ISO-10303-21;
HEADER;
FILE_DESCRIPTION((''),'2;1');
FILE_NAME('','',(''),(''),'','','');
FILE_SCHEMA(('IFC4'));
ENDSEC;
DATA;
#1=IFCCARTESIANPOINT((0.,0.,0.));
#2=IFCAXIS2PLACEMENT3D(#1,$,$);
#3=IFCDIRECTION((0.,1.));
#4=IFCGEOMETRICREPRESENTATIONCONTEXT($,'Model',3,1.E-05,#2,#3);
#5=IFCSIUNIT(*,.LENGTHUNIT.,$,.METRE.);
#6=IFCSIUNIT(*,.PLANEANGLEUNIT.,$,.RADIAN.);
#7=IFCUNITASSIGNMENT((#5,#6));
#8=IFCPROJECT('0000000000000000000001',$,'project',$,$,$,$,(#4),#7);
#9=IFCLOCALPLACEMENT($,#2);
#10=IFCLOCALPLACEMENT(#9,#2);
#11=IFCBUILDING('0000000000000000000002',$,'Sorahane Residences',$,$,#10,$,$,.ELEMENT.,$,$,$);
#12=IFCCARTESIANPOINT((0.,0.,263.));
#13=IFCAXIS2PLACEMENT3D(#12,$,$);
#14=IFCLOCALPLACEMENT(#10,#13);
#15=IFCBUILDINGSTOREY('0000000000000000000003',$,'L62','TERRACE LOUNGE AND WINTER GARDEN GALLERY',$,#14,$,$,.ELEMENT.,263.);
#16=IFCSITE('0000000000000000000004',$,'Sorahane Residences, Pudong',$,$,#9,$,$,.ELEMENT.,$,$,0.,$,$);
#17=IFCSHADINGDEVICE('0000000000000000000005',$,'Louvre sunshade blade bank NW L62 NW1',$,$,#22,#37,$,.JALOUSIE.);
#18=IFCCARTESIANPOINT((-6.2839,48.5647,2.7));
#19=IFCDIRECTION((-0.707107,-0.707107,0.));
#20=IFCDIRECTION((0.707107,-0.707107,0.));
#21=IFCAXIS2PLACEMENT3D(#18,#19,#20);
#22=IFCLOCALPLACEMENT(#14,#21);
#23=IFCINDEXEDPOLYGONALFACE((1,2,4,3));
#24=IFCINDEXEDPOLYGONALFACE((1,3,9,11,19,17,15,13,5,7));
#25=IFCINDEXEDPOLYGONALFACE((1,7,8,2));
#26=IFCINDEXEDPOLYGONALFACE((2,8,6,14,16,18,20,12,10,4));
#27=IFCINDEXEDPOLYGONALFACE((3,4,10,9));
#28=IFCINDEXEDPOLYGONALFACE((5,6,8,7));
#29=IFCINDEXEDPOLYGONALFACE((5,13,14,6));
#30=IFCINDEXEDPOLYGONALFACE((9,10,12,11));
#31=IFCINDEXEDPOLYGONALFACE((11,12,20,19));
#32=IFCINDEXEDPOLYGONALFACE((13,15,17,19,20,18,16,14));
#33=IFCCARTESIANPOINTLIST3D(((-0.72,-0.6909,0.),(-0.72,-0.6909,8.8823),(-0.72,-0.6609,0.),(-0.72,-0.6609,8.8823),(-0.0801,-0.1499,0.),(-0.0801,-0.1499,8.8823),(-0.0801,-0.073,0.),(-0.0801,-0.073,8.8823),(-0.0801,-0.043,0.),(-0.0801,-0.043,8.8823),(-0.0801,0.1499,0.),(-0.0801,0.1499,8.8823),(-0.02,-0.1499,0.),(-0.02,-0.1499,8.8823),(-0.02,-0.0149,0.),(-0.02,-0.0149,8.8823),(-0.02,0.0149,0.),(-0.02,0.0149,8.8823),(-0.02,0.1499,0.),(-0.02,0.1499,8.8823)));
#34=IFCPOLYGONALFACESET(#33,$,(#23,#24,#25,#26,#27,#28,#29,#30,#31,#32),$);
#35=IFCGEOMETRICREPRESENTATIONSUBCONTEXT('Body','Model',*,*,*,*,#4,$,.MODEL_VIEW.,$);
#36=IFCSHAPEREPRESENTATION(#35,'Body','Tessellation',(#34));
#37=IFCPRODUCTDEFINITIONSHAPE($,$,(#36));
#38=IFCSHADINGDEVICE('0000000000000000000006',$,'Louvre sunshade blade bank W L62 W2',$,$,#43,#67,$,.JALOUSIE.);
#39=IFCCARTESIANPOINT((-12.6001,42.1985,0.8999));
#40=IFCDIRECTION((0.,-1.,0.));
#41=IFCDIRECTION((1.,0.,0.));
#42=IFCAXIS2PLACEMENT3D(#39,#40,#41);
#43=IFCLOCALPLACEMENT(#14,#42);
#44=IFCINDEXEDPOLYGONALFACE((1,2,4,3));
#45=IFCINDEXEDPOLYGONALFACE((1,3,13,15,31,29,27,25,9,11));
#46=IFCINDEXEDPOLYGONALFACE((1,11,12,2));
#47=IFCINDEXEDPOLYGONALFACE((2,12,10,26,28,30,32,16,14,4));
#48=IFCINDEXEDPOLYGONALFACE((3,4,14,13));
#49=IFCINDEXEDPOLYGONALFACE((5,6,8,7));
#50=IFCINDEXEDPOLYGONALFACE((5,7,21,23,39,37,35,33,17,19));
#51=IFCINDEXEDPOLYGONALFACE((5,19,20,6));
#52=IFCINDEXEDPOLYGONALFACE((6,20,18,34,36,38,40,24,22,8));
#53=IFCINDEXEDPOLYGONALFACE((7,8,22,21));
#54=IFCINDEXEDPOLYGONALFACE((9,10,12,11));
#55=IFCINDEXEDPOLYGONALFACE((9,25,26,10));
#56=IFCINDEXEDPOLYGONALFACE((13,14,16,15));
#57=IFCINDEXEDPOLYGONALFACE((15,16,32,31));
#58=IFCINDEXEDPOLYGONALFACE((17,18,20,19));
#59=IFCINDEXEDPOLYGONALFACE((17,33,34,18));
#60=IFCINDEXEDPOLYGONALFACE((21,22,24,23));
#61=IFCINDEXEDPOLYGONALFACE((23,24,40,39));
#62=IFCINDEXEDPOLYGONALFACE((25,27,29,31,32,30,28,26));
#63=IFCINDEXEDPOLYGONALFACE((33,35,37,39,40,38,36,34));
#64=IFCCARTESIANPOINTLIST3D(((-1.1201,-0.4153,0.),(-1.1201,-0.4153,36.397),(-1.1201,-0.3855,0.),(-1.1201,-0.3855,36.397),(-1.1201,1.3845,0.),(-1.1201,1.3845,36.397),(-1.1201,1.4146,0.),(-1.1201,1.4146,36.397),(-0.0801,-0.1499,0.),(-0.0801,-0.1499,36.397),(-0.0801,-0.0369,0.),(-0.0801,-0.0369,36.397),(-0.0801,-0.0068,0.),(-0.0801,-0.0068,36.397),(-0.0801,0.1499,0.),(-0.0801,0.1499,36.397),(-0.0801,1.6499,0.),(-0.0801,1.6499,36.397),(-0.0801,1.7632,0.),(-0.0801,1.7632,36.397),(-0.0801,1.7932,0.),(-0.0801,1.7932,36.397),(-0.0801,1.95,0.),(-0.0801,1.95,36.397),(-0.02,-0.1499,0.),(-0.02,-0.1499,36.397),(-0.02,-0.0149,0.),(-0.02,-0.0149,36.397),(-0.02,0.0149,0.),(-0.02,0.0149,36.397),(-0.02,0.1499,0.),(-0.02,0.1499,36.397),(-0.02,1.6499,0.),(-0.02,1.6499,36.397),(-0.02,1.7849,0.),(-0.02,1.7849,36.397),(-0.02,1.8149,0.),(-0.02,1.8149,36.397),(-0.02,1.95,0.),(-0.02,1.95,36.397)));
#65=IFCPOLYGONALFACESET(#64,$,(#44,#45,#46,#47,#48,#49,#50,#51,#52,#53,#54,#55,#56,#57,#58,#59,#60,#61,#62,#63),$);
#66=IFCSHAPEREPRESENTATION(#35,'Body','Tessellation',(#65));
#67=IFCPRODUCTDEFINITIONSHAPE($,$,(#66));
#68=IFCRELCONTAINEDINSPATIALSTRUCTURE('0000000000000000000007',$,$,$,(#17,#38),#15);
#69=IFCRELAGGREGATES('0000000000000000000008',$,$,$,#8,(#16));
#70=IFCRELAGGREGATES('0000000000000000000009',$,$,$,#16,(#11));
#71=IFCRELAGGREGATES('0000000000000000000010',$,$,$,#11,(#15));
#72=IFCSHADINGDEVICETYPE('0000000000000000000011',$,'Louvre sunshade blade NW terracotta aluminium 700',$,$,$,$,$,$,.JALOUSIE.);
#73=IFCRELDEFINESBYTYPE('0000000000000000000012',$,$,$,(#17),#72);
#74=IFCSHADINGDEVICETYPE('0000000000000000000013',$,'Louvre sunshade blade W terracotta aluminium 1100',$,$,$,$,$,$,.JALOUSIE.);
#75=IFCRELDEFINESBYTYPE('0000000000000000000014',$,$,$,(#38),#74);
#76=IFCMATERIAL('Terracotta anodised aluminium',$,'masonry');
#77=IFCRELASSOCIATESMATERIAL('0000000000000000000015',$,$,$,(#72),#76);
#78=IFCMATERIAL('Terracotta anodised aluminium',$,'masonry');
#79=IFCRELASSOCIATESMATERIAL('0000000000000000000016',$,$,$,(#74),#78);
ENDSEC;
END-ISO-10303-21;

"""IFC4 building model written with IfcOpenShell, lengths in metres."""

from ifc_helpers import new_model, si_unit, direction, frame, origin, place, context, subcontext, project, spatial, polyline, outline, composite_profile, extrude, material, type_object, element, save


model = new_model("IFC4")

# Units and contexts
model_context = context("Model", 3, precision=1e-05, world=origin(), true_north=direction((0.0, 1.0)))
body_context = subcontext(model_context, "Body", "Model", "MODEL_VIEW")
ifc_project = project(units=[si_unit("LENGTHUNIT", "METRE"), si_unit("PLANEANGLEUNIT", "RADIAN")], contexts=[model_context])

# Site, building, storey
site_placement = place(None, origin())
site = spatial("IfcSite", under=ifc_project, at=site_placement, Name="Sorahane Residences, Pudong", CompositionType="ELEMENT", RefElevation=0.0)
building_placement = place(site_placement, origin())
building = spatial("IfcBuilding", under=site, at=building_placement, Name="Sorahane Residences", CompositionType="ELEMENT")
storey_placement = place(building_placement, frame((0.0, 0.0, 263.0)))
storey = spatial("IfcBuildingStorey", under=building, at=storey_placement, Name="L62", Description="TERRACE LOUNGE AND WINTER GARDEN GALLERY", CompositionType="ELEMENT", Elevation=263.0)

# Shading devices
ifc_material_1 = material(Name="Terracotta anodised aluminium", Category="masonry")
shading_device_type_1 = type_object("IfcShadingDeviceType", Name="Louvre sunshade blade NW terracotta aluminium 700", PredefinedType="JALOUSIE", material=ifc_material_1)
shading_device_1_placement = place(storey_placement, frame((-6.2839, 48.5647, 2.7), z_axis=(-0.707107, -0.707107, 0.0), x_axis=(0.707107, -0.707107, 0.0)))
element("IfcShadingDevice", 1, at=shading_device_1_placement, inside=storey, type_object=shading_device_type_1, Name="Louvre sunshade blade bank NW L62 NW1", PredefinedType="JALOUSIE", context=body_context, shape_type="SweptSolid", body=[
    extrude(outline(polyline([(-0.72, -0.6609), (-0.72, -0.6909), (-0.0801, -0.073), (-0.0801, -0.1499), (-0.02, -0.1499), (-0.02, -0.0149), (-0.02, 0.0149), (-0.02, 0.1499), (-0.0801, 0.1499), (-0.0801, -0.043), (-0.72, -0.6609)])), origin(), (0.0, 0.0, 1.0), 8.8823),
])
ifc_material_2 = material(Name="Terracotta anodised aluminium", Category="masonry")
shading_device_type_2 = type_object("IfcShadingDeviceType", Name="Louvre sunshade blade W terracotta aluminium 1100", PredefinedType="JALOUSIE", material=ifc_material_2)
shading_device_2_placement = place(storey_placement, frame((-12.6001, 42.1985, 0.8999), z_axis=(0.0, -1.0, 0.0), x_axis=(1.0, 0.0, 0.0)))
element("IfcShadingDevice", 2, at=shading_device_2_placement, inside=storey, type_object=shading_device_type_2, Name="Louvre sunshade blade bank W L62 W2", PredefinedType="JALOUSIE", context=body_context, shape_type="SweptSolid", body=[
    extrude(composite_profile([outline(polyline([(-1.1201, -0.3855), (-1.1201, -0.4153), (-0.0801, -0.0369), (-0.0801, -0.1499), (-0.02, -0.1499), (-0.02, -0.0149), (-0.02, 0.0149), (-0.02, 0.1499), (-0.0801, 0.1499), (-0.0801, -0.0068), (-1.1201, -0.3855)])), outline(polyline([(-1.1201, 1.4146), (-1.1201, 1.3845), (-0.0801, 1.7632), (-0.0801, 1.6499), (-0.02, 1.6499), (-0.02, 1.7849), (-0.02, 1.8149), (-0.02, 1.95), (-0.0801, 1.95), (-0.0801, 1.7932), (-1.1201, 1.4146)]))]), origin(), (0.0, 0.0, 1.0), 36.397),
])

save(model, "model.ifc")
